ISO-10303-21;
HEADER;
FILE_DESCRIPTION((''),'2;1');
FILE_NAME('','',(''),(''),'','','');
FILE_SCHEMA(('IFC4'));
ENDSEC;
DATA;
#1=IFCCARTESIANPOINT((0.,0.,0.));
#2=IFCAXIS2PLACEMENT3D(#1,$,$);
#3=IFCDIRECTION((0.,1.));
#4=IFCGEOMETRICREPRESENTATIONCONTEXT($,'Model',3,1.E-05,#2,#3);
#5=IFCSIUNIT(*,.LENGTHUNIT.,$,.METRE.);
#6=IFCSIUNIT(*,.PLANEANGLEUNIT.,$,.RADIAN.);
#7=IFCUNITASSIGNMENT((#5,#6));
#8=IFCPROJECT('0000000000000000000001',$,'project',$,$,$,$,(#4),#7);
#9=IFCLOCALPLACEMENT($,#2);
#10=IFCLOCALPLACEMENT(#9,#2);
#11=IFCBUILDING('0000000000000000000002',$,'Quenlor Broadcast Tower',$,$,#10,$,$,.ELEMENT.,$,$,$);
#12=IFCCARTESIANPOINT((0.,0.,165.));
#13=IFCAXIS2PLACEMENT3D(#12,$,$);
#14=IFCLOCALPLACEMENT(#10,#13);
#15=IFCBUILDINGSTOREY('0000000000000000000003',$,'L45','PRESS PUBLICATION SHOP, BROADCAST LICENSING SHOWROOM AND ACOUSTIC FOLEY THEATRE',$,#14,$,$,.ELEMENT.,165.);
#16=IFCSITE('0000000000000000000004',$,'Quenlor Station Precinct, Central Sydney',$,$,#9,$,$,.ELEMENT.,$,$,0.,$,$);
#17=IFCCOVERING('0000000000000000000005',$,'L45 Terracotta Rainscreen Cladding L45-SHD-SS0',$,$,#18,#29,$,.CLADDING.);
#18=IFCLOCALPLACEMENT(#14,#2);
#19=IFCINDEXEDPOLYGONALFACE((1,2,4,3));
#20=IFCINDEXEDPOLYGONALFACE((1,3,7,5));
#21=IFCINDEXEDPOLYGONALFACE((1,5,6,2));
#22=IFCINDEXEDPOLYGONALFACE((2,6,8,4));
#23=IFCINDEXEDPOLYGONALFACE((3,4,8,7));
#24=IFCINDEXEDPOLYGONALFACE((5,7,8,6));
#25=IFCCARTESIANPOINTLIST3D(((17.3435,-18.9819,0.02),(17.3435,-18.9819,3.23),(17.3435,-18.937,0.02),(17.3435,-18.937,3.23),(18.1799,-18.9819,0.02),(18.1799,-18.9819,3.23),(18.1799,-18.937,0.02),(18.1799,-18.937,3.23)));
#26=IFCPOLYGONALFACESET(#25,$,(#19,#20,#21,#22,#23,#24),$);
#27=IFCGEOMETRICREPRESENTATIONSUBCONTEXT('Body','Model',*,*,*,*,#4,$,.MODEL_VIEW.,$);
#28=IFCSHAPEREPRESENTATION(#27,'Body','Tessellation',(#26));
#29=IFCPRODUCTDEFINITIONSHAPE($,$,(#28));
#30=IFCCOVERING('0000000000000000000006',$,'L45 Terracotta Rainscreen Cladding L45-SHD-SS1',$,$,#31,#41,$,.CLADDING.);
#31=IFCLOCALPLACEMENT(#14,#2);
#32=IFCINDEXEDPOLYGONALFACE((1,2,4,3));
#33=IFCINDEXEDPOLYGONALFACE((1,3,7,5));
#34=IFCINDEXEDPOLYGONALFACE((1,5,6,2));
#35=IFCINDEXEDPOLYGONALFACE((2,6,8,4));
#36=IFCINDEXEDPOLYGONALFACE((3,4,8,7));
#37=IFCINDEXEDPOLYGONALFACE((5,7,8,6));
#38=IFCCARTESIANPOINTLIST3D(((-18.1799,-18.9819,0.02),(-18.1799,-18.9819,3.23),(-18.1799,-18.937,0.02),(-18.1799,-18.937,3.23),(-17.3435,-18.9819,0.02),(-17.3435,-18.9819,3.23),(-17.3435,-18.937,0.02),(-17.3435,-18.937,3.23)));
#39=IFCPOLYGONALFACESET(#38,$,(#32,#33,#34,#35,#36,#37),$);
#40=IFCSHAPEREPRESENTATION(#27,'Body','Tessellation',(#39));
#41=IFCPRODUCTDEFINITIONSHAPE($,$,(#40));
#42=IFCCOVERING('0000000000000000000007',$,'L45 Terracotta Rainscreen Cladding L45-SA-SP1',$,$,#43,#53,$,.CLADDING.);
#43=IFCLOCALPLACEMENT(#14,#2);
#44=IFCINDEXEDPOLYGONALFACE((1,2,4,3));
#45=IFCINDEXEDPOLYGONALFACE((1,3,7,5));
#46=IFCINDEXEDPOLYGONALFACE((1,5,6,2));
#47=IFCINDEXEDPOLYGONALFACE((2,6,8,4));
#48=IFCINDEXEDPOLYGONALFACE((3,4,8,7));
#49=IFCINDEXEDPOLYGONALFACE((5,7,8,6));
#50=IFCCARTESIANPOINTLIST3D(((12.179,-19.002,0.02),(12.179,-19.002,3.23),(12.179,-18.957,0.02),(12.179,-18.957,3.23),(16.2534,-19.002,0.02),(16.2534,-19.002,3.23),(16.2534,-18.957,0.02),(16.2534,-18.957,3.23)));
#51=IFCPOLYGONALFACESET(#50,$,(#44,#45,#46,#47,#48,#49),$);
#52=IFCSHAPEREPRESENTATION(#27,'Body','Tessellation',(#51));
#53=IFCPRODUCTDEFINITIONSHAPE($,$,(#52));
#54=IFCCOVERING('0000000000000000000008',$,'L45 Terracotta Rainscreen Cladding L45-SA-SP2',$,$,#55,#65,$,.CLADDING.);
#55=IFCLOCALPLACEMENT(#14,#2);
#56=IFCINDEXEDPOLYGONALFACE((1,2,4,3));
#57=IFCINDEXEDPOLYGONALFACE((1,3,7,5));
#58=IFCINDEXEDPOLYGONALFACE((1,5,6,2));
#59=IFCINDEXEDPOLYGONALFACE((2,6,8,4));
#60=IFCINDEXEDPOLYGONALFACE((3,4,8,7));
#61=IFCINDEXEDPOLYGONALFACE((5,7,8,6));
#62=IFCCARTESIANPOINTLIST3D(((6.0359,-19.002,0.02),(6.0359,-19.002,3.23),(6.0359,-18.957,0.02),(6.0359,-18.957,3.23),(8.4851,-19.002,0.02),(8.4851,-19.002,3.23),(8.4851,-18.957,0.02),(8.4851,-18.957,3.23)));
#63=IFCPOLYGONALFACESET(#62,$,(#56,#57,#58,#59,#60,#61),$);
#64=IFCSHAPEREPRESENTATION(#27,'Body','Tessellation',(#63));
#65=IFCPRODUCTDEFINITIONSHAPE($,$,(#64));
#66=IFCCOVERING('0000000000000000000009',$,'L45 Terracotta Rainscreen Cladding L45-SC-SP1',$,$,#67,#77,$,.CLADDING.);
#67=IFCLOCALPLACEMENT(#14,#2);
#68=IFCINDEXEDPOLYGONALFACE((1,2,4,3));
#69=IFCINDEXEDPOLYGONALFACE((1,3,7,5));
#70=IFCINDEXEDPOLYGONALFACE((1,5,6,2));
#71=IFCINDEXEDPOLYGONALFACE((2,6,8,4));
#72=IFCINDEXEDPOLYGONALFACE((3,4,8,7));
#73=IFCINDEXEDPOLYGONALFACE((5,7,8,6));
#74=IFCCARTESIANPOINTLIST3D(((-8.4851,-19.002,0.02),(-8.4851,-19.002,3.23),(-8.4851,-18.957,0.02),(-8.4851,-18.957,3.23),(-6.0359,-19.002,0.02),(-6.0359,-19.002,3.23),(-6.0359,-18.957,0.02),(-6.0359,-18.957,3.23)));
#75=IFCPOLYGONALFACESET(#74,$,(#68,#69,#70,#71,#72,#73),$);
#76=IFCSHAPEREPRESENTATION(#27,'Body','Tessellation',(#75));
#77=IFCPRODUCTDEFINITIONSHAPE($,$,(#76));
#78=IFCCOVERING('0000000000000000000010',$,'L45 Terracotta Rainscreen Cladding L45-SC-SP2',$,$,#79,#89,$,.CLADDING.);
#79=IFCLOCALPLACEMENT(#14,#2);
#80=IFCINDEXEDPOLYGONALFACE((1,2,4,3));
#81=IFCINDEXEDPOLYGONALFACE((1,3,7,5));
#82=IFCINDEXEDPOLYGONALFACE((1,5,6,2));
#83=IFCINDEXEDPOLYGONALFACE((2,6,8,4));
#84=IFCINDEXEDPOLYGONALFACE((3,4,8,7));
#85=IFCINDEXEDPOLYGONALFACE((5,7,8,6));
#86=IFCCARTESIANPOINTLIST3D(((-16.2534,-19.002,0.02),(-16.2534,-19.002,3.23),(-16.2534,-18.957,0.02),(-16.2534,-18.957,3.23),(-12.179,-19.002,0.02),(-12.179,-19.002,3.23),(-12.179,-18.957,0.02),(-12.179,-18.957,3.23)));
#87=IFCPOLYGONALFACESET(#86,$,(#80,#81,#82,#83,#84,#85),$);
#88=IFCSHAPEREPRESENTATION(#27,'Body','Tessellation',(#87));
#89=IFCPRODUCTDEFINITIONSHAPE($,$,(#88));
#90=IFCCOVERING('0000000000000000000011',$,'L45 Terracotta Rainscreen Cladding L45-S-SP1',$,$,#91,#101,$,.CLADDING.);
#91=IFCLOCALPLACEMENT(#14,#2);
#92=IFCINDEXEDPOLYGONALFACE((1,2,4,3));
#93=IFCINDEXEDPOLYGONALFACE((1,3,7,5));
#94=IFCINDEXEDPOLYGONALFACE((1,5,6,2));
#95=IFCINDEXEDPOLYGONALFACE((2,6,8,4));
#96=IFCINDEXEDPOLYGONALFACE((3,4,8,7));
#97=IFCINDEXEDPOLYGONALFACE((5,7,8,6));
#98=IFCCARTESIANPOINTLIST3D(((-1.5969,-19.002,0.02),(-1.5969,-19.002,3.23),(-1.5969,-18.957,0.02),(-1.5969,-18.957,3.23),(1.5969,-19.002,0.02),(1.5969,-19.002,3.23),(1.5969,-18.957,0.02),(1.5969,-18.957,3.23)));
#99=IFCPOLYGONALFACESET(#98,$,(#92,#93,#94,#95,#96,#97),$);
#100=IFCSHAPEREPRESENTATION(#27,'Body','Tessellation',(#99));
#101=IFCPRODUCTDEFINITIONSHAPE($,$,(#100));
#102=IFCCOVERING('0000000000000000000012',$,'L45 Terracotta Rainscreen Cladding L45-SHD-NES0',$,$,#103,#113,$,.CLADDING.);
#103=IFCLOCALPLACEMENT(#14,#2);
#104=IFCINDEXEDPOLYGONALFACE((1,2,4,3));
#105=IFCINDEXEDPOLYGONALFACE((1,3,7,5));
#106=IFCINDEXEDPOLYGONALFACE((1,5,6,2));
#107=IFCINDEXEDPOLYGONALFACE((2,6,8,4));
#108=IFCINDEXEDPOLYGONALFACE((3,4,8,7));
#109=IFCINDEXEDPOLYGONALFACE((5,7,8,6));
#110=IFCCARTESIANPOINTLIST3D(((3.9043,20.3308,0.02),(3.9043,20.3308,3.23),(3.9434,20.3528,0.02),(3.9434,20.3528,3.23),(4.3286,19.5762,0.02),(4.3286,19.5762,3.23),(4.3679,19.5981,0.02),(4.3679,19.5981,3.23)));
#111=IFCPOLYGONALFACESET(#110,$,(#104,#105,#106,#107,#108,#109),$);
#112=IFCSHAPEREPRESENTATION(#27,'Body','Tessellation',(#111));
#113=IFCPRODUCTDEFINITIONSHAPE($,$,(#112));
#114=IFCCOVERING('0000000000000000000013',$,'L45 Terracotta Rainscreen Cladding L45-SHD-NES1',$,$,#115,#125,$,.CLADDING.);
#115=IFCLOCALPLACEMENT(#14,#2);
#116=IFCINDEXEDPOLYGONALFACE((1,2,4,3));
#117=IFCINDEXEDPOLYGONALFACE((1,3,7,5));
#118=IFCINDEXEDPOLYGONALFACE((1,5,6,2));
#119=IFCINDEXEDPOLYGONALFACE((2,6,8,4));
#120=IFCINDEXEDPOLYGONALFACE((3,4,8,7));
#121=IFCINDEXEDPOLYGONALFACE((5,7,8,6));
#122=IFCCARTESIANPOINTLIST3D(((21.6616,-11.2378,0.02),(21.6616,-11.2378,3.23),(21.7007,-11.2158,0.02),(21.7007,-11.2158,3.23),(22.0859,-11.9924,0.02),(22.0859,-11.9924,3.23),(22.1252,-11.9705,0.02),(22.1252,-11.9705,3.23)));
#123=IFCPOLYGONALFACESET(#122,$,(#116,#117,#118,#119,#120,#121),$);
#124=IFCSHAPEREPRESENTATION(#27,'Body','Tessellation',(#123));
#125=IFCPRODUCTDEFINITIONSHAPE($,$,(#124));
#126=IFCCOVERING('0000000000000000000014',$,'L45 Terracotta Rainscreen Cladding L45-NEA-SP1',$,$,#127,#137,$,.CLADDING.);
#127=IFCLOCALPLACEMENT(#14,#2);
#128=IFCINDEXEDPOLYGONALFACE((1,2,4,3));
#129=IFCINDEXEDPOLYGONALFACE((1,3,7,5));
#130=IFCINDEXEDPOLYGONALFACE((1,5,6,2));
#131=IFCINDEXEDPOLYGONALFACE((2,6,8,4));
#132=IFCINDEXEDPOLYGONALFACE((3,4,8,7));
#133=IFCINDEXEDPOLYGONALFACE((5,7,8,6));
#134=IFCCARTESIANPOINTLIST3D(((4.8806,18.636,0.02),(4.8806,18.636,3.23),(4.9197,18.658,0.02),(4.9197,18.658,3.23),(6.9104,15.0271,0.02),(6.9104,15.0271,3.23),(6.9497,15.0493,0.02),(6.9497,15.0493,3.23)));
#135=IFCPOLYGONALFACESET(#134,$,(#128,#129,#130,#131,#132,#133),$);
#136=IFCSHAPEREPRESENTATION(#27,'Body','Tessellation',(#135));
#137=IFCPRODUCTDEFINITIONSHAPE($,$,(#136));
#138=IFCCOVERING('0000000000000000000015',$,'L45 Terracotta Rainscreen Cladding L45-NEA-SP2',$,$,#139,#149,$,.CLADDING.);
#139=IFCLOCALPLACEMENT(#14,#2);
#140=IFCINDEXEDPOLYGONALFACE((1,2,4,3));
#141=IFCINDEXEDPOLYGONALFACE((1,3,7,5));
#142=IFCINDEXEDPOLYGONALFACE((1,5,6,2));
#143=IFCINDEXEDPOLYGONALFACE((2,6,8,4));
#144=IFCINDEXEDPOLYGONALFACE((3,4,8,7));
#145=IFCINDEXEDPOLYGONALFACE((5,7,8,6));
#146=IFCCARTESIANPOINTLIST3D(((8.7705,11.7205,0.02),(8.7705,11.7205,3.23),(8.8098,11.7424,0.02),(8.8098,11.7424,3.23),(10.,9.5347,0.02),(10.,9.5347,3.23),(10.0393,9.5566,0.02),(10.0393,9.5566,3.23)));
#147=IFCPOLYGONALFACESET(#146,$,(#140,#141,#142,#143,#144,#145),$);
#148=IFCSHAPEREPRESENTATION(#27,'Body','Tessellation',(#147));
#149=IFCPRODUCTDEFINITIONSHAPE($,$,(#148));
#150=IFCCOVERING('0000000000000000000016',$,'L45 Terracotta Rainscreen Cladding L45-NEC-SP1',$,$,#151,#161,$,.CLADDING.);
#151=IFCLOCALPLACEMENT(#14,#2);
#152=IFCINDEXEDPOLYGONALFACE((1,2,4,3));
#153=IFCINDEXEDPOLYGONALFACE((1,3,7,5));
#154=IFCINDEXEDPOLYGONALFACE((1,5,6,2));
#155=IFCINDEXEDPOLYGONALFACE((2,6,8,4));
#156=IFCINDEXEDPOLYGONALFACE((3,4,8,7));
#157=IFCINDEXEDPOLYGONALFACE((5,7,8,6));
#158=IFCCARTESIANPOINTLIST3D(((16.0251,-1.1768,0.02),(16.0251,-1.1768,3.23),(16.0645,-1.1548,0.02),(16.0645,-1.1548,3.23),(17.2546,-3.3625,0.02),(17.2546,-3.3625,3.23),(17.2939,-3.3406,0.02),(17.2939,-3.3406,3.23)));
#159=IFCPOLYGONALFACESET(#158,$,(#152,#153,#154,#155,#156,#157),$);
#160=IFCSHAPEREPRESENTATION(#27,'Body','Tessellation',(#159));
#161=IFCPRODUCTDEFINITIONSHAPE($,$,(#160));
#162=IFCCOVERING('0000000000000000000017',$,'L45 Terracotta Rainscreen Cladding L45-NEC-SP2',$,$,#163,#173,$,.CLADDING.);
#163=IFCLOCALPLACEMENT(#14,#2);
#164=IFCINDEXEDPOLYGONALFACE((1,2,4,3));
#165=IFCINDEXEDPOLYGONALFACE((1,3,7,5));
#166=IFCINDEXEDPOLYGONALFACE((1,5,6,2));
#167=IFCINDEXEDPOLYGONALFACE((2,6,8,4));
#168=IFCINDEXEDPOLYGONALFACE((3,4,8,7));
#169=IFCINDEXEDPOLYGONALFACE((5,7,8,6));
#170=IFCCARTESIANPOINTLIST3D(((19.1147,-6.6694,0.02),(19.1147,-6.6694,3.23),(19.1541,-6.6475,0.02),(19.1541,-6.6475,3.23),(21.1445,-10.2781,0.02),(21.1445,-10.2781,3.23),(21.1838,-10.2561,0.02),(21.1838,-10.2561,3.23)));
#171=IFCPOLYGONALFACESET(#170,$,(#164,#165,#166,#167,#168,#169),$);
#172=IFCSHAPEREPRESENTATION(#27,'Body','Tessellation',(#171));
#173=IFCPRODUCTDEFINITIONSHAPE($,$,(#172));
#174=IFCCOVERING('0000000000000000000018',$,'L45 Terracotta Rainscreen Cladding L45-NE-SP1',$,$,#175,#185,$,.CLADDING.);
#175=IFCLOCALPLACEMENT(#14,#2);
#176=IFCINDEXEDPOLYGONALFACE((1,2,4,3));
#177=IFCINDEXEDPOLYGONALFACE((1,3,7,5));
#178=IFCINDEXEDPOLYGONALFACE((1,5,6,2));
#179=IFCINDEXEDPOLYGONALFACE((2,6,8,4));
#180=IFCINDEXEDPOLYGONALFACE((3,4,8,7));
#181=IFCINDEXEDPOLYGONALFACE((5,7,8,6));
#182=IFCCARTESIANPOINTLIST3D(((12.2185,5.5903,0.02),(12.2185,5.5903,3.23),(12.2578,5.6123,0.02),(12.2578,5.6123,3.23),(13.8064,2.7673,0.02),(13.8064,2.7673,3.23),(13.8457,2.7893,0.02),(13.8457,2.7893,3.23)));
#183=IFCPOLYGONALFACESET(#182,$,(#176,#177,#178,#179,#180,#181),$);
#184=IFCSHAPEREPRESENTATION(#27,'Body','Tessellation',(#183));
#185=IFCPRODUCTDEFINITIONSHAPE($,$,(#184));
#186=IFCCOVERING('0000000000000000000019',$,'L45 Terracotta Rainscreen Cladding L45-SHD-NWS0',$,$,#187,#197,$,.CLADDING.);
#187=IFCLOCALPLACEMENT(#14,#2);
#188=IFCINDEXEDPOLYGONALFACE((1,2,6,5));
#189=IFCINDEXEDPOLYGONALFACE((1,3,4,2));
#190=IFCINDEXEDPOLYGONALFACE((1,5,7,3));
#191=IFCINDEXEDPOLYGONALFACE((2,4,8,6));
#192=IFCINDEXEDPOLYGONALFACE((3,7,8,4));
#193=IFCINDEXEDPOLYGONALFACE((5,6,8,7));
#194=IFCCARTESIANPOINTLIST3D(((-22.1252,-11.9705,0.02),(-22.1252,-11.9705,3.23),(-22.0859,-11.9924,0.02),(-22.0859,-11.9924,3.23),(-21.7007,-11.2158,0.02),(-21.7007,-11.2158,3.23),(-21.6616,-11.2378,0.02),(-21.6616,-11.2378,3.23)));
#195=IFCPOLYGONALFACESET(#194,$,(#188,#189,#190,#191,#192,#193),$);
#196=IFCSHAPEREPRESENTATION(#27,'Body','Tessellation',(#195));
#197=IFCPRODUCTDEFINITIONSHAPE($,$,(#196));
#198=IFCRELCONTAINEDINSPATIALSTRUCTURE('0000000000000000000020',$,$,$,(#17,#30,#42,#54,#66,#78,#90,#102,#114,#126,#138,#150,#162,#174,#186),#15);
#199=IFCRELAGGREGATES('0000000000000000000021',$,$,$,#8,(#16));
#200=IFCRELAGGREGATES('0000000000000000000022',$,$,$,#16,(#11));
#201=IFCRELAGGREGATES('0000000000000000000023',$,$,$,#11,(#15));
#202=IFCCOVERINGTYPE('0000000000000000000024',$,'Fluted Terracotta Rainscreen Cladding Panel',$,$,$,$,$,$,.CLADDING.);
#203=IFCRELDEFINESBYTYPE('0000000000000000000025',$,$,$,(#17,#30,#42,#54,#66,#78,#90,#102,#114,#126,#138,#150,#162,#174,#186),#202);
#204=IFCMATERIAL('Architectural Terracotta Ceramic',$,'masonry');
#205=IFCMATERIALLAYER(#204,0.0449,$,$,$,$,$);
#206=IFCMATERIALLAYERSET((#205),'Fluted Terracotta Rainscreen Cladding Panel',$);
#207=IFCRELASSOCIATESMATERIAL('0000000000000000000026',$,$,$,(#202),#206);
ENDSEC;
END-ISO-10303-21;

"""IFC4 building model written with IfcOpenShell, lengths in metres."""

from ifc_helpers import new_model, si_unit, direction, frame, origin, place, context, subcontext, project, spatial, polyline, outline, extrude, material, layer, layer_set, type_object, element, save


model = new_model("IFC4")

# Units and contexts
model_context = context("Model", 3, precision=1e-05, world=origin(), true_north=direction((0.0, 1.0)))
body_context = subcontext(model_context, "Body", "Model", "MODEL_VIEW")
ifc_project = project(units=[si_unit("LENGTHUNIT", "METRE"), si_unit("PLANEANGLEUNIT", "RADIAN")], contexts=[model_context])

# Site, building, storey
site_placement = place(None, origin())
site = spatial("IfcSite", under=ifc_project, at=site_placement, Name="Quenlor Station Precinct, Central Sydney", CompositionType="ELEMENT", RefElevation=0.0)
building_placement = place(site_placement, origin())
building = spatial("IfcBuilding", under=site, at=building_placement, Name="Quenlor Broadcast Tower", CompositionType="ELEMENT")
storey_placement = place(building_placement, frame((0.0, 0.0, 165.0)))
storey = spatial("IfcBuildingStorey", under=building, at=storey_placement, Name="L45", Description="PRESS PUBLICATION SHOP, BROADCAST LICENSING SHOWROOM AND ACOUSTIC FOLEY THEATRE", CompositionType="ELEMENT", Elevation=165.0)

# Coverings
ifc_material_1 = material(Name="Architectural Terracotta Ceramic", Category="masonry")
ifc_layer_1 = layer(ifc_material_1, 0.0449)
ifc_layer_set_1 = layer_set([ifc_layer_1], Name="Fluted Terracotta Rainscreen Cladding Panel")
covering_type = type_object("IfcCoveringType", Name="Fluted Terracotta Rainscreen Cladding Panel", PredefinedType="CLADDING", material=ifc_layer_set_1)
covering_1_placement = place(storey_placement, frame((0.0, 0.0, 0.02)))
element("IfcCovering", 1, at=covering_1_placement, inside=storey, type_object=covering_type, Name="L45 Terracotta Rainscreen Cladding L45-SHD-SS0", PredefinedType="CLADDING", context=body_context, shape_type="SweptSolid", body=[
    extrude(outline(polyline([(18.1799, -18.937), (17.3435, -18.937), (17.3435, -18.9819), (18.1799, -18.9819), (18.1799, -18.937)])), origin(), (0.0, 0.0, 1.0), 3.21),
])
covering_2_placement = place(storey_placement, frame((0.0, 0.0, 0.02)))
element("IfcCovering", 2, at=covering_2_placement, inside=storey, type_object=covering_type, Name="L45 Terracotta Rainscreen Cladding L45-SHD-SS1", PredefinedType="CLADDING", context=body_context, shape_type="SweptSolid", body=[
    extrude(outline(polyline([(-17.3435, -18.937), (-18.1799, -18.937), (-18.1799, -18.9819), (-17.3435, -18.9819), (-17.3435, -18.937)])), origin(), (0.0, 0.0, 1.0), 3.21),
])
covering_3_placement = place(storey_placement, frame((0.0, 0.0, 0.02)))
element("IfcCovering", 3, at=covering_3_placement, inside=storey, type_object=covering_type, Name="L45 Terracotta Rainscreen Cladding L45-SA-SP1", PredefinedType="CLADDING", context=body_context, shape_type="SweptSolid", body=[
    extrude(outline(polyline([(16.2534, -18.957), (12.179, -18.957), (12.179, -19.002), (16.2534, -19.002), (16.2534, -18.957)])), origin(), (0.0, 0.0, 1.0), 3.21),
])
covering_4_placement = place(storey_placement, frame((0.0, 0.0, 0.02)))
element("IfcCovering", 4, at=covering_4_placement, inside=storey, type_object=covering_type, Name="L45 Terracotta Rainscreen Cladding L45-SA-SP2", PredefinedType="CLADDING", context=body_context, shape_type="SweptSolid", body=[
    extrude(outline(polyline([(8.4851, -18.957), (6.0359, -18.957), (6.0359, -19.002), (8.4851, -19.002), (8.4851, -18.957)])), origin(), (0.0, 0.0, 1.0), 3.21),
])
covering_5_placement = place(storey_placement, frame((0.0, 0.0, 0.02)))
element("IfcCovering", 5, at=covering_5_placement, inside=storey, type_object=covering_type, Name="L45 Terracotta Rainscreen Cladding L45-SC-SP1", PredefinedType="CLADDING", context=body_context, shape_type="SweptSolid", body=[
    extrude(outline(polyline([(-6.0359, -18.957), (-8.4851, -18.957), (-8.4851, -19.002), (-6.0359, -19.002), (-6.0359, -18.957)])), origin(), (0.0, 0.0, 1.0), 3.21),
])
covering_6_placement = place(storey_placement, frame((0.0, 0.0, 0.02)))
element("IfcCovering", 6, at=covering_6_placement, inside=storey, type_object=covering_type, Name="L45 Terracotta Rainscreen Cladding L45-SC-SP2", PredefinedType="CLADDING", context=body_context, shape_type="SweptSolid", body=[
    extrude(outline(polyline([(-12.179, -18.957), (-16.2534, -18.957), (-16.2534, -19.002), (-12.179, -19.002), (-12.179, -18.957)])), origin(), (0.0, 0.0, 1.0), 3.21),
])
covering_7_placement = place(storey_placement, frame((0.0, 0.0, 0.02)))
element("IfcCovering", 7, at=covering_7_placement, inside=storey, type_object=covering_type, Name="L45 Terracotta Rainscreen Cladding L45-S-SP1", PredefinedType="CLADDING", context=body_context, shape_type="SweptSolid", body=[
    extrude(outline(polyline([(1.5969, -18.957), (-1.5969, -18.957), (-1.5969, -19.002), (1.5969, -19.002), (1.5969, -18.957)])), origin(), (0.0, 0.0, 1.0), 3.21),
])
covering_8_placement = place(storey_placement, frame((0.0, 0.0, 0.02)))
element("IfcCovering", 8, at=covering_8_placement, inside=storey, type_object=covering_type, Name="L45 Terracotta Rainscreen Cladding L45-SHD-NES0", PredefinedType="CLADDING", context=body_context, shape_type="SweptSolid", body=[
    extrude(outline(polyline([(3.9043, 20.3308), (4.3286, 19.5762), (4.3679, 19.5981), (3.9434, 20.3528), (3.9043, 20.3308)])), origin(), (0.0, 0.0, 1.0), 3.21),
])
covering_9_placement = place(storey_placement, frame((0.0, 0.0, 0.02)))
element("IfcCovering", 9, at=covering_9_placement, inside=storey, type_object=covering_type, Name="L45 Terracotta Rainscreen Cladding L45-SHD-NES1", PredefinedType="CLADDING", context=body_context, shape_type="SweptSolid", body=[
    extrude(outline(polyline([(21.6616, -11.2378), (22.0859, -11.9924), (22.1252, -11.9705), (21.7007, -11.2158), (21.6616, -11.2378)])), origin(), (0.0, 0.0, 1.0), 3.21),
])
covering_10_placement = place(storey_placement, frame((0.0, 0.0, 0.02)))
element("IfcCovering", 10, at=covering_10_placement, inside=storey, type_object=covering_type, Name="L45 Terracotta Rainscreen Cladding L45-NEA-SP1", PredefinedType="CLADDING", context=body_context, shape_type="SweptSolid", body=[
    extrude(outline(polyline([(4.8806, 18.636), (6.9104, 15.0271), (6.9497, 15.0493), (4.9197, 18.658), (4.8806, 18.636)])), origin(), (0.0, 0.0, 1.0), 3.21),
])
covering_11_placement = place(storey_placement, frame((0.0, 0.0, 0.02)))
element("IfcCovering", 11, at=covering_11_placement, inside=storey, type_object=covering_type, Name="L45 Terracotta Rainscreen Cladding L45-NEA-SP2", PredefinedType="CLADDING", context=body_context, shape_type="SweptSolid", body=[
    extrude(outline(polyline([(8.7705, 11.7205), (10.0, 9.5347), (10.0393, 9.5566), (8.8098, 11.7424), (8.7705, 11.7205)])), origin(), (0.0, 0.0, 1.0), 3.21),
])
covering_12_placement = place(storey_placement, frame((0.0, 0.0, 0.02)))
element("IfcCovering", 12, at=covering_12_placement, inside=storey, type_object=covering_type, Name="L45 Terracotta Rainscreen Cladding L45-NEC-SP1", PredefinedType="CLADDING", context=body_context, shape_type="SweptSolid", body=[
    extrude(outline(polyline([(16.0251, -1.1768), (17.2546, -3.3625), (17.2939, -3.3406), (16.0645, -1.1548), (16.0251, -1.1768)])), origin(), (0.0, 0.0, 1.0), 3.21),
])
covering_13_placement = place(storey_placement, frame((0.0, 0.0, 0.02)))
element("IfcCovering", 13, at=covering_13_placement, inside=storey, type_object=covering_type, Name="L45 Terracotta Rainscreen Cladding L45-NEC-SP2", PredefinedType="CLADDING", context=body_context, shape_type="SweptSolid", body=[
    extrude(outline(polyline([(19.1147, -6.6694), (21.1445, -10.2781), (21.1838, -10.2561), (19.1541, -6.6475), (19.1147, -6.6694)])), origin(), (0.0, 0.0, 1.0), 3.21),
])
covering_14_placement = place(storey_placement, frame((0.0, 0.0, 0.02)))
element("IfcCovering", 14, at=covering_14_placement, inside=storey, type_object=covering_type, Name="L45 Terracotta Rainscreen Cladding L45-NE-SP1", PredefinedType="CLADDING", context=body_context, shape_type="SweptSolid", body=[
    extrude(outline(polyline([(12.2185, 5.5903), (13.8064, 2.7673), (13.8457, 2.7893), (12.2578, 5.6123), (12.2185, 5.5903)])), origin(), (0.0, 0.0, 1.0), 3.21),
])
covering_15_placement = place(storey_placement, frame((0.0, 0.0, 0.02)))
element("IfcCovering", 15, at=covering_15_placement, inside=storey, type_object=covering_type, Name="L45 Terracotta Rainscreen Cladding L45-SHD-NWS0", PredefinedType="CLADDING", context=body_context, shape_type="SweptSolid", body=[
    extrude(outline(polyline([(-22.0859, -11.9924), (-21.6616, -11.2378), (-21.7007, -11.2158), (-22.1252, -11.9705), (-22.0859, -11.9924)])), origin(), (0.0, 0.0, 1.0), 3.21),
])

save(model, "model.ifc")
